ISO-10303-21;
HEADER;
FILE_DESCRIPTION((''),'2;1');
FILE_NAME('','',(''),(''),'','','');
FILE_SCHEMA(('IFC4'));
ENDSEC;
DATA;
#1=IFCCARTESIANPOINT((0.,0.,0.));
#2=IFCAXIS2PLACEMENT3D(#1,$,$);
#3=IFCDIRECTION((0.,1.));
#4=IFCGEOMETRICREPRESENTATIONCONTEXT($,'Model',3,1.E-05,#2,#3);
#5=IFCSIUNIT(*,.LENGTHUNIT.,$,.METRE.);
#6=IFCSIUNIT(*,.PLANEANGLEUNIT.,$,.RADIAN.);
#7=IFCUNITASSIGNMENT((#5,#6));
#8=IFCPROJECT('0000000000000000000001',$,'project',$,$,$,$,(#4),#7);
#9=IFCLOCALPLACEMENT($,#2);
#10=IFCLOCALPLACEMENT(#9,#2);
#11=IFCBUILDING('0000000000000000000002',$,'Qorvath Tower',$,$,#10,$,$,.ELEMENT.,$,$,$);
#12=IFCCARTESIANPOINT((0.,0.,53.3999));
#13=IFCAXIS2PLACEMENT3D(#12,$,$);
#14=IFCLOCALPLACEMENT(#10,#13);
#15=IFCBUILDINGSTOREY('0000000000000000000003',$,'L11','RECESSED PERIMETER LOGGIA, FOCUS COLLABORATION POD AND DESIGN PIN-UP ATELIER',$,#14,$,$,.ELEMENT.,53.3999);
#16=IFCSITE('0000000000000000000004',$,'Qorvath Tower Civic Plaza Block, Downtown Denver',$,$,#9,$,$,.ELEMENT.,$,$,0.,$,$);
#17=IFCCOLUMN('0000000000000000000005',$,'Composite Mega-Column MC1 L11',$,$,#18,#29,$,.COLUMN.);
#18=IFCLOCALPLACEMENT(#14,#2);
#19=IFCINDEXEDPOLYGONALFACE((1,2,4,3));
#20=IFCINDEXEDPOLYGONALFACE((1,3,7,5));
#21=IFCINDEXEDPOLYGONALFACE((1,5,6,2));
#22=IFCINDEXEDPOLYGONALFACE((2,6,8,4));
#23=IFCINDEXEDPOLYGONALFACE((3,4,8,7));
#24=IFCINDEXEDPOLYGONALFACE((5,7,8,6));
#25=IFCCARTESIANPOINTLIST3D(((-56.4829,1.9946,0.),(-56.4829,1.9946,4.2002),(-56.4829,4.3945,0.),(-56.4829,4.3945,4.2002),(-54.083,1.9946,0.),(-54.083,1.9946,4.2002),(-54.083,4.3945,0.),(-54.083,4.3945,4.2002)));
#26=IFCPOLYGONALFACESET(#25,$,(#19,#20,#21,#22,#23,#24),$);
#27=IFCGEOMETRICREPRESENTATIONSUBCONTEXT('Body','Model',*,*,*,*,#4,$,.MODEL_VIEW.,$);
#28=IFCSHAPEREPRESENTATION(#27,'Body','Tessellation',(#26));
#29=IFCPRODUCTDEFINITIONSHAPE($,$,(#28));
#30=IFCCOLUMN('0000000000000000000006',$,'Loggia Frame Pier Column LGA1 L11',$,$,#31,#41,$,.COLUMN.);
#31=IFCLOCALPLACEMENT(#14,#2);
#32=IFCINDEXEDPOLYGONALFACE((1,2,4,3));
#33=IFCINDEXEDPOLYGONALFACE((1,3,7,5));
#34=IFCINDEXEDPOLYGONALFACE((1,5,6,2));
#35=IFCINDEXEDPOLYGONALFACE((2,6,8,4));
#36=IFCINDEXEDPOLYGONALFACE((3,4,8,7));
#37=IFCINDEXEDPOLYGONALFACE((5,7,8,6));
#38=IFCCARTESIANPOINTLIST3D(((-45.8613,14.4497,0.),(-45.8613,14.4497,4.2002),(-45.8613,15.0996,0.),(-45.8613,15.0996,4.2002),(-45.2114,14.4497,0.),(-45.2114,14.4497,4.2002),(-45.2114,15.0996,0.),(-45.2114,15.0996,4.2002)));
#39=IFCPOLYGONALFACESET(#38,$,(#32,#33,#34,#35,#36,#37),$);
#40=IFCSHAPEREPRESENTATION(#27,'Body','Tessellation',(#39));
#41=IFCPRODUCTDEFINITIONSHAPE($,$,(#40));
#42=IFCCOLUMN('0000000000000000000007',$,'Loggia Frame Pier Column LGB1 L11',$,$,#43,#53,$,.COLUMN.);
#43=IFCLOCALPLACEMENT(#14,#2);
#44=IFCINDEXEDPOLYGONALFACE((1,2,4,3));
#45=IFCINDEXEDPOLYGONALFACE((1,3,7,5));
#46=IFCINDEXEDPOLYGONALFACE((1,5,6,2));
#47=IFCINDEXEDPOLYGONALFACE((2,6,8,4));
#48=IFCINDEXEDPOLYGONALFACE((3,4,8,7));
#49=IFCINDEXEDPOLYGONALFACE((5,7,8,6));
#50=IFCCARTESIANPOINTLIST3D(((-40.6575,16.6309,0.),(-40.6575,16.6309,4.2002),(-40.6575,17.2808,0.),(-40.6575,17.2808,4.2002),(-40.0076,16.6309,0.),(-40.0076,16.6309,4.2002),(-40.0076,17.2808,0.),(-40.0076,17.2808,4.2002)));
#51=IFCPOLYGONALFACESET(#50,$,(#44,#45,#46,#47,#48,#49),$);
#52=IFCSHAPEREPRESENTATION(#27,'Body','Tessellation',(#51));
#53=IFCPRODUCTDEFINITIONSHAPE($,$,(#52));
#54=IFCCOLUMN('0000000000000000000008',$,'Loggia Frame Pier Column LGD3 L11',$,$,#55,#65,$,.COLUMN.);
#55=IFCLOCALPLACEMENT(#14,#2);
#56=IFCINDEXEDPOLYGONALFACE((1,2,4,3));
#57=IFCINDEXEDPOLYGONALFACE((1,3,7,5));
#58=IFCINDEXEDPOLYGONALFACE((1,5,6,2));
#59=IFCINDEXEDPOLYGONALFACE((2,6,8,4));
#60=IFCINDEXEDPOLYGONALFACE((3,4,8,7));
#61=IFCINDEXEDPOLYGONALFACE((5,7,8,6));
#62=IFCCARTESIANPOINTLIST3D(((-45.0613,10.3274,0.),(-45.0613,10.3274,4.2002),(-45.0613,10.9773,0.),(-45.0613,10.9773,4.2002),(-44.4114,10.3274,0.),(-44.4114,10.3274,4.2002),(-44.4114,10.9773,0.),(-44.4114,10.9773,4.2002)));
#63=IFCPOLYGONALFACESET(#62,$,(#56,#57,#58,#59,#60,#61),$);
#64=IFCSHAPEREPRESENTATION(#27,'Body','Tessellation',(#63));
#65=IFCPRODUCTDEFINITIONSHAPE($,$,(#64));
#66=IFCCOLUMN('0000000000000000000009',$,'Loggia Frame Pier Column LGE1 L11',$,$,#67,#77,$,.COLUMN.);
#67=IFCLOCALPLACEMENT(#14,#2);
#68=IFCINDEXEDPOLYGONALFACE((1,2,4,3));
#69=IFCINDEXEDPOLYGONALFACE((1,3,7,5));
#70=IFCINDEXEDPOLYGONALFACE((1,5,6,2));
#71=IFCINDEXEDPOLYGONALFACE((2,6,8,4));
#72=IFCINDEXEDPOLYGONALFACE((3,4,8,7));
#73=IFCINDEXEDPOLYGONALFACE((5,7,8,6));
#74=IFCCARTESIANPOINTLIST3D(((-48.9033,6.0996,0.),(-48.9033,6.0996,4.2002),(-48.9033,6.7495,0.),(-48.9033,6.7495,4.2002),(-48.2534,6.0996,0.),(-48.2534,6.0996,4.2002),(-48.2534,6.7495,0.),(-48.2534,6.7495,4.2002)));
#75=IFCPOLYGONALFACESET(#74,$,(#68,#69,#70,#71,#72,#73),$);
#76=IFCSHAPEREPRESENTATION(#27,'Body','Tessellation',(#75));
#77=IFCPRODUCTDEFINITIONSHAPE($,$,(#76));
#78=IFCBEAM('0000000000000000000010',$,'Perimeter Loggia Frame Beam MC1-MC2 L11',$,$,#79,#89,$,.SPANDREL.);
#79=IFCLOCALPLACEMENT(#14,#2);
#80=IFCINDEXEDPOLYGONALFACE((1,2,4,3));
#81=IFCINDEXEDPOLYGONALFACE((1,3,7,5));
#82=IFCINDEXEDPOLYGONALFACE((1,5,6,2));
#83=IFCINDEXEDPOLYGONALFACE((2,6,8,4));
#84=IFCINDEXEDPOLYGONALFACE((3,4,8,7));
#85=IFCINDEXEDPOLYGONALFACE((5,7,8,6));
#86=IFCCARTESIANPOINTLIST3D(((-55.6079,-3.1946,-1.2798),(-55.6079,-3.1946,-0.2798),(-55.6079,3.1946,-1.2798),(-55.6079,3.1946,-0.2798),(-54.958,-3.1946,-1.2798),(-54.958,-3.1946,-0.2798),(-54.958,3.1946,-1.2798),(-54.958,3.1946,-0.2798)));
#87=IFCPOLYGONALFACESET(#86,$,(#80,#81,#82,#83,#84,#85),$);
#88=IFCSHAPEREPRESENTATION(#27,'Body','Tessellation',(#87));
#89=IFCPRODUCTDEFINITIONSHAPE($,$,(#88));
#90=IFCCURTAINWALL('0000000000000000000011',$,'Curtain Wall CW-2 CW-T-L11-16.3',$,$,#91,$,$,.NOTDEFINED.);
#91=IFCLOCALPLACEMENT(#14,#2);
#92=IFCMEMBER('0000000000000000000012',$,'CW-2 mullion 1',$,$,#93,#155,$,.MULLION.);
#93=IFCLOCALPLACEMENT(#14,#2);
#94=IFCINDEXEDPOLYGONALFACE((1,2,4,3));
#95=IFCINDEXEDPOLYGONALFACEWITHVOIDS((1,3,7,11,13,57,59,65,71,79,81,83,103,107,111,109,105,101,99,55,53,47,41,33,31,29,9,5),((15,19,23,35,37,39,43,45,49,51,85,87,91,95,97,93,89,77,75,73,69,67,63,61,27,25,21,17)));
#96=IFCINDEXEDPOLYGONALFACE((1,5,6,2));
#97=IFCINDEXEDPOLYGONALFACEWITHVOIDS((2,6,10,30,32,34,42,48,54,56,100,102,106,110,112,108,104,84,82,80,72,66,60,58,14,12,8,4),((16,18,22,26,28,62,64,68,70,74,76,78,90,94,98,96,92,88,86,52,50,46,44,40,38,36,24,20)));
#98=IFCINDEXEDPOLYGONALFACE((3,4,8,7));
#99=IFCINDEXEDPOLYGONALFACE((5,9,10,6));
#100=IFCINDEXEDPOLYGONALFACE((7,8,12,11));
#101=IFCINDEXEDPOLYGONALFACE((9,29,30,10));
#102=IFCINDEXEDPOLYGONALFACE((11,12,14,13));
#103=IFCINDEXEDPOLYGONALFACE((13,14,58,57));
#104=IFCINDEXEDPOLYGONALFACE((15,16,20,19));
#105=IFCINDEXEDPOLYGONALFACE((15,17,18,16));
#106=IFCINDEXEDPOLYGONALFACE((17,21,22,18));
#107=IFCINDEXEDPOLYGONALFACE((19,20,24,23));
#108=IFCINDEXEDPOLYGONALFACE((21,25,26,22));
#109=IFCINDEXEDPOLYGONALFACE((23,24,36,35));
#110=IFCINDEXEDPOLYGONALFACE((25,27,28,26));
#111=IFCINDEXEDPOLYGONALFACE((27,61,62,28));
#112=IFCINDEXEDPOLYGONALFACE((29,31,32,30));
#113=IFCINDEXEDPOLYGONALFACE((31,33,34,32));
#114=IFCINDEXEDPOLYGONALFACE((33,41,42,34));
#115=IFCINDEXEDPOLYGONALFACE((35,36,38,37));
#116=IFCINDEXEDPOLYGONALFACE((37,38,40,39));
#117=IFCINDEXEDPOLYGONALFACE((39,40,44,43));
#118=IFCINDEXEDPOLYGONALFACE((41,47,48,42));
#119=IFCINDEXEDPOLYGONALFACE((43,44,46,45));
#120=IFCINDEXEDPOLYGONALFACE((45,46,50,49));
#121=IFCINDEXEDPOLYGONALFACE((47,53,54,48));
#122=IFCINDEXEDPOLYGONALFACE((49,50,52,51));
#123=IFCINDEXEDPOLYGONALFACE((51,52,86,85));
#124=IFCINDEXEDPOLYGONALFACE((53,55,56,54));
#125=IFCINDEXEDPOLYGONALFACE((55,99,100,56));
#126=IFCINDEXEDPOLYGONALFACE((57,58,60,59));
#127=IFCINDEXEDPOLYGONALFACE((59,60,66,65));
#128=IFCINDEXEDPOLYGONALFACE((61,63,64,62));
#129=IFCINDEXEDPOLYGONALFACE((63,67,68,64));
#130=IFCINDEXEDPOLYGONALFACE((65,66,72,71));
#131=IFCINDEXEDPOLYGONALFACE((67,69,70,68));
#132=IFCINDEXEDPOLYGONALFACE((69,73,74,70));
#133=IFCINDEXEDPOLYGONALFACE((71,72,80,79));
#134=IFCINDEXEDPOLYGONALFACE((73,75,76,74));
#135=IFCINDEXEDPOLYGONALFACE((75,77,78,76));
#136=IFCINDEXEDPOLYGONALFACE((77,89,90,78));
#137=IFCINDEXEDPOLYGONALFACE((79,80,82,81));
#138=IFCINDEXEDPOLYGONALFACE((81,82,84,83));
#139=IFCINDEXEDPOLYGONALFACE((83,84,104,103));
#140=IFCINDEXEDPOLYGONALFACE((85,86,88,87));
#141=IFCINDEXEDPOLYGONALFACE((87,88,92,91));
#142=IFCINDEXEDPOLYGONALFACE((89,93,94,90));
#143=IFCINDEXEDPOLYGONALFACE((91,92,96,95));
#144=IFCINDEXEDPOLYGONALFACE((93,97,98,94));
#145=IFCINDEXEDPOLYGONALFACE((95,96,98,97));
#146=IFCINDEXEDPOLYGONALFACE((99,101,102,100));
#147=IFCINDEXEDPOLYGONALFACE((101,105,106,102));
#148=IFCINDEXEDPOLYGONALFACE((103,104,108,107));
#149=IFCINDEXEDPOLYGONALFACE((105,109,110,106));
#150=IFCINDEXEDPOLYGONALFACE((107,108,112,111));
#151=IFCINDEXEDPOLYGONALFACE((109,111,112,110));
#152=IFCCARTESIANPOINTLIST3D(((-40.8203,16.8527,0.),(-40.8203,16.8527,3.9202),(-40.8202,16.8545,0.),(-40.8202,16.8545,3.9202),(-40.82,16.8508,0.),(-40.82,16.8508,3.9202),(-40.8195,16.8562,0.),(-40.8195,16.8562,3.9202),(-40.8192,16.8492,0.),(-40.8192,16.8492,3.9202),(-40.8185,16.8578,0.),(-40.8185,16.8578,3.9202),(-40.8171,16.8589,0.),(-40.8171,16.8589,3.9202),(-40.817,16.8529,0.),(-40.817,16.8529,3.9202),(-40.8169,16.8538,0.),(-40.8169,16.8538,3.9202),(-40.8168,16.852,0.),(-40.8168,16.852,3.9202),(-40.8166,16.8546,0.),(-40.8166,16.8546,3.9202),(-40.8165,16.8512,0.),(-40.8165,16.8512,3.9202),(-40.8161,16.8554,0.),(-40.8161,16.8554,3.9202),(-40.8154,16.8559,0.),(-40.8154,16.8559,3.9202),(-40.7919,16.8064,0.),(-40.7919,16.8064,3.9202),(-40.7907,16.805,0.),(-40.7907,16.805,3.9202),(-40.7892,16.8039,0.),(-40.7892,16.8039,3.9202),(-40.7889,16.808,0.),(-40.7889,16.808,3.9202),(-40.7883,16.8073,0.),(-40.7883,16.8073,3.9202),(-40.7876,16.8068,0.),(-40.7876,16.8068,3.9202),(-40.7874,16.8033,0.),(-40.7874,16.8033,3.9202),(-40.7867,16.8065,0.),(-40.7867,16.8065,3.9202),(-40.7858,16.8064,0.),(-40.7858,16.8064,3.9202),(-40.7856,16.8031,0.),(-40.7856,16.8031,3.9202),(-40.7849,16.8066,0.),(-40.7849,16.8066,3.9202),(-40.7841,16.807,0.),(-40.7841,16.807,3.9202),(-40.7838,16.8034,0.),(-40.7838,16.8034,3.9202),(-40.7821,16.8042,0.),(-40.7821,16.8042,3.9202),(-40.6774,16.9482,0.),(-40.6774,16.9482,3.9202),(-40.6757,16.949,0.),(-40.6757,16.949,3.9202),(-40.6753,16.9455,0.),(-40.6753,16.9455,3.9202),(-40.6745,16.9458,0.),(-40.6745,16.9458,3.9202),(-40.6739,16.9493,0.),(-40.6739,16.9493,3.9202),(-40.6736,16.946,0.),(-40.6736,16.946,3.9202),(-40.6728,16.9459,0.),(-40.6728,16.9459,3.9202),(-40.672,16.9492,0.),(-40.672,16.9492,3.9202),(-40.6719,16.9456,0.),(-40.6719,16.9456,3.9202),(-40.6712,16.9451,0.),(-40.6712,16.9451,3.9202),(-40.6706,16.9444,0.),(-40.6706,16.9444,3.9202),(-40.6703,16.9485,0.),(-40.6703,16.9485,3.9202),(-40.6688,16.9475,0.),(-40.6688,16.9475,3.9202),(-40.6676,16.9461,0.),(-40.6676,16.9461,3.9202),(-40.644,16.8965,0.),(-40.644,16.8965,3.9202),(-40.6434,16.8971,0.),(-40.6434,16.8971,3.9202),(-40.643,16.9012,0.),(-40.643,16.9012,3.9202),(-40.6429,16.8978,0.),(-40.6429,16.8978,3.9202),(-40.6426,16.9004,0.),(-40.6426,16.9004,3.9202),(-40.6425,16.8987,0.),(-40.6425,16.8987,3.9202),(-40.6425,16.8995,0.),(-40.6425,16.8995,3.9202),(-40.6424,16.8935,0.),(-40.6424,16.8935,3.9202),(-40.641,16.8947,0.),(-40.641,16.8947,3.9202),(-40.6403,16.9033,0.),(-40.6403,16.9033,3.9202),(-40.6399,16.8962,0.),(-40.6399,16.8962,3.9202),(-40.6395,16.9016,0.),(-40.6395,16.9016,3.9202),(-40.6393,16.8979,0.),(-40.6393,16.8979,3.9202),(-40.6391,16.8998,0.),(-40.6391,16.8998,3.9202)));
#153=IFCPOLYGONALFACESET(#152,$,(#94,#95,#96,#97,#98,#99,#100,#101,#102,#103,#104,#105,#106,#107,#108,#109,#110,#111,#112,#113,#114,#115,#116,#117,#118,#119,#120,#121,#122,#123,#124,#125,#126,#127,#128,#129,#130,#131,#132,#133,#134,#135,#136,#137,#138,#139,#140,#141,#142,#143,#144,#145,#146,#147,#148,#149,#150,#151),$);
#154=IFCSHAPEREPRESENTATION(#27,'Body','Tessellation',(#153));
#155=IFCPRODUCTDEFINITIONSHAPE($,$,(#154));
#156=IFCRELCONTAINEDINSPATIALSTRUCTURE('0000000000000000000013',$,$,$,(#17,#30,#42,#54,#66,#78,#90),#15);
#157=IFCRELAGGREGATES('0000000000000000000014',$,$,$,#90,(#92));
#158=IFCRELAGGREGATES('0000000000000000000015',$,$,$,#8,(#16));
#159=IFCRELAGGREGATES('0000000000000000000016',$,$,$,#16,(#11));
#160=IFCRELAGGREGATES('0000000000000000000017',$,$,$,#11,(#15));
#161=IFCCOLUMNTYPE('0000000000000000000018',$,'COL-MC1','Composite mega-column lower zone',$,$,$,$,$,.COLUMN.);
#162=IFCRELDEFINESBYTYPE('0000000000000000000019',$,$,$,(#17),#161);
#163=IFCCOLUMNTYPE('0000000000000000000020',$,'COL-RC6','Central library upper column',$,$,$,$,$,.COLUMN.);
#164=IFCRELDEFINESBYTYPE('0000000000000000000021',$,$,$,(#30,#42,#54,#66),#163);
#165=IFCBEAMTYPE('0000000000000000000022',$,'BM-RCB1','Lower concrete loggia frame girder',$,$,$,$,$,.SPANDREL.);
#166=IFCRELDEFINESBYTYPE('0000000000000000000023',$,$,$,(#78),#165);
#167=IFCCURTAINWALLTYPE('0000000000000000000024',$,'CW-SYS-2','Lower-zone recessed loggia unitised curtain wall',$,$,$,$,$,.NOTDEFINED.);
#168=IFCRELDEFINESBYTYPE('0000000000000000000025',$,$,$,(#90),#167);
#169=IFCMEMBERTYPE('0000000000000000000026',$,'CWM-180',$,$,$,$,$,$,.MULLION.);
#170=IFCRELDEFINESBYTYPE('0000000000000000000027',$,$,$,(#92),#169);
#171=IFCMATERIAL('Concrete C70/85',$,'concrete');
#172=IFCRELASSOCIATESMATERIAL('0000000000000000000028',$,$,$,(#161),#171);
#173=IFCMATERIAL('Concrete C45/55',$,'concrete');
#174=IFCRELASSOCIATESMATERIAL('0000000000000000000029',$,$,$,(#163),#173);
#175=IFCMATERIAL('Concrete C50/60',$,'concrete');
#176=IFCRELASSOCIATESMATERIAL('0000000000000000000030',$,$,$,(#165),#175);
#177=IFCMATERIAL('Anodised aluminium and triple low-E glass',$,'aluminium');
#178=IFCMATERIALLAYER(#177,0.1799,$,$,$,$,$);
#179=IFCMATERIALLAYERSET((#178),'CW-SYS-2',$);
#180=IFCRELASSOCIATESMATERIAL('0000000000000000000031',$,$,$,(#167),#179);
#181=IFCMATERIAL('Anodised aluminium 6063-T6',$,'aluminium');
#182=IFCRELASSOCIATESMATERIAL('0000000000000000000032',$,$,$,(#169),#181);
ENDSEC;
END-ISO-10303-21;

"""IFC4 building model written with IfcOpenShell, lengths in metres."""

from ifc_helpers import new_model, si_unit, direction, frame, origin, origin_2d, place, context, subcontext, project, spatial, rectangle, hollow_rectangle, extrude, material, layer, layer_set, material_profile, profile_set, type_object, element, aggregate, save


model = new_model("IFC4")

# Units and contexts
model_context = context("Model", 3, precision=1e-05, world=origin(), true_north=direction((0.0, 1.0)))
body_context = subcontext(model_context, "Body", "Model", "MODEL_VIEW")
ifc_project = project(units=[si_unit("LENGTHUNIT", "METRE"), si_unit("PLANEANGLEUNIT", "RADIAN")], contexts=[model_context])

# Site, building, storey
site_placement = place(None, origin())
site = spatial("IfcSite", under=ifc_project, at=site_placement, Name="Qorvath Tower Civic Plaza Block, Downtown Denver", CompositionType="ELEMENT", RefElevation=0.0)
building_placement = place(site_placement, origin())
building = spatial("IfcBuilding", under=site, at=building_placement, Name="Qorvath Tower", CompositionType="ELEMENT")
storey_placement = place(building_placement, frame((0.0, 0.0, 53.3999)))
storey = spatial("IfcBuildingStorey", under=building, at=storey_placement, Name="L11", Description="RECESSED PERIMETER LOGGIA, FOCUS COLLABORATION POD AND DESIGN PIN-UP ATELIER", CompositionType="ELEMENT", Elevation=53.3999)

# Columns
ifc_material_1 = material(Name="Concrete C70/85", Category="concrete")
ifc_material_profile_1 = material_profile(ifc_material_1, rectangle(XDim=2.3999, YDim=2.3999, at=origin_2d()), Name="MC 2400x2400")
ifc_profile_set_1 = profile_set([ifc_material_profile_1], Name="Concrete C70/85")
column_type_1 = type_object("IfcColumnType", Name="COL-MC1", Description="Composite mega-column lower zone", PredefinedType="COLUMN", material=ifc_profile_set_1)
column_placement = place(storey_placement, frame((-55.283, 3.1946, 0.0), z_axis=(0.0, 0.0, 1.0), x_axis=(1.0, 0.0, 0.0)))
element("IfcColumn", 1, at=column_placement, inside=storey, type_object=column_type_1, Name="Composite Mega-Column MC1 L11", PredefinedType="COLUMN", context=body_context, shape_type="SweptSolid", body=[
    extrude(rectangle(XDim=2.3999, YDim=2.3999, at=origin_2d()), origin(), (0.0, 0.0, 1.0), 4.2002),
])
ifc_material_2 = material(Name="Concrete C45/55", Category="concrete")
ifc_material_profile_2 = material_profile(ifc_material_2, rectangle(XDim=0.6499, YDim=0.6499, at=origin_2d()), Name="RC 650x650")
ifc_profile_set_2 = profile_set([ifc_material_profile_2], Name="Concrete C45/55")
column_type_2 = type_object("IfcColumnType", Name="COL-RC6", Description="Central library upper column", PredefinedType="COLUMN", material=ifc_profile_set_2)
for number, where, z_axis, x_axis, name in (
    (2, (-45.5364, 14.7747, 0.0), (0.0, 0.0, 1.0), (1.0, 0.0, 0.0), "Loggia Frame Pier Column LGA1 L11"),
    (3, (-40.3325, 16.9558, 0.0), (0.0, 0.0, 1.0), (1.0, 0.0, 0.0), "Loggia Frame Pier Column LGB1 L11"),
    (4, (-44.7363, 10.6523, 0.0), (0.0, 0.0, 1.0), (1.0, 0.0, 0.0), "Loggia Frame Pier Column LGD3 L11"),
    (5, (-48.5784, 6.4246, 0.0), (0.0, 0.0, 1.0), (1.0, 0.0, 0.0), "Loggia Frame Pier Column LGE1 L11"),
):
    element("IfcColumn", number, at=place(storey_placement, frame(where, z_axis=z_axis, x_axis=x_axis)), inside=storey, type_object=column_type_2, Name=name, PredefinedType="COLUMN", context=body_context, shape_type="SweptSolid", body=[
        extrude(rectangle(XDim=0.6499, YDim=0.6499, at=origin_2d()), origin(), (0.0, 0.0, 1.0), 4.2002),
    ])

# Beam
ifc_material_3 = material(Name="Concrete C50/60", Category="concrete")
ifc_material_profile_3 = material_profile(ifc_material_3, rectangle(XDim=0.6499, YDim=1.0, at=origin_2d()), Name="RCB 1000x650")
ifc_profile_set_3 = profile_set([ifc_material_profile_3], Name="Concrete C50/60")
beam_type = type_object("IfcBeamType", Name="BM-RCB1", Description="Lower concrete loggia frame girder", PredefinedType="SPANDREL", material=ifc_profile_set_3)
beam_placement = place(storey_placement, frame((-55.283, 3.1946, -0.7798), z_axis=(0.0, -1.0, 0.0), x_axis=(1.0, 0.0, 0.0)))
element("IfcBeam", 6, at=beam_placement, inside=storey, type_object=beam_type, Name="Perimeter Loggia Frame Beam MC1-MC2 L11", PredefinedType="SPANDREL", context=body_context, shape_type="SweptSolid", body=[
    extrude(rectangle(XDim=0.6499, YDim=1.0, at=origin_2d()), origin(), (0.0, 0.0, 1.0), 6.3892),
])

# Curtain wall, member
ifc_material_4 = material(Name="Anodised aluminium and triple low-E glass", Category="aluminium")
ifc_layer_1 = layer(ifc_material_4, 0.1799)
ifc_layer_set_1 = layer_set([ifc_layer_1], Name="CW-SYS-2")
curtain_wall_type = type_object("IfcCurtainWallType", Name="CW-SYS-2", Description="Lower-zone recessed loggia unitised curtain wall", PredefinedType="NOTDEFINED", material=ifc_layer_set_1)
curtain_wall_placement = place(storey_placement, origin())
curtain_wall = element("IfcCurtainWall", 7, at=curtain_wall_placement, inside=storey, type_object=curtain_wall_type, Name="Curtain Wall CW-2 CW-T-L11-16.3", PredefinedType="NOTDEFINED")
ifc_material_5 = material(Name="Anodised aluminium 6063-T6", Category="aluminium")
ifc_material_profile_4 = material_profile(ifc_material_5, hollow_rectangle(XDim=0.0649, YDim=0.1799, WallThickness=0.0034, InnerFilletRadius=0.0034, OuterFilletRadius=0.0071, at=origin_2d()), Name="CWM 180x65")
ifc_profile_set_4 = profile_set([ifc_material_profile_4], Name="Anodised aluminium 6063-T6")
member_type_1 = type_object("IfcMemberType", Name="CWM-180", PredefinedType="MULLION", material=ifc_profile_set_4)
member_1_placement = place(storey_placement, frame((-40.7297, 16.8762, 0.0), z_axis=(0.0, 0.0, 1.0), x_axis=(0.538532, -0.842605, 0.0)))
member_1 = element("IfcMember", 8, at=member_1_placement, type_object=member_type_1, Name="CW-2 mullion 1", PredefinedType="MULLION", context=body_context, shape_type="SweptSolid", body=[
    extrude(hollow_rectangle(XDim=0.0649, YDim=0.1799, WallThickness=0.0034, InnerFilletRadius=0.0034, OuterFilletRadius=0.0071, at=origin_2d()), origin(), (0.0, 0.0, 1.0), 3.9202),
])
aggregate(curtain_wall, [member_1])

save(model, "model.ifc")
